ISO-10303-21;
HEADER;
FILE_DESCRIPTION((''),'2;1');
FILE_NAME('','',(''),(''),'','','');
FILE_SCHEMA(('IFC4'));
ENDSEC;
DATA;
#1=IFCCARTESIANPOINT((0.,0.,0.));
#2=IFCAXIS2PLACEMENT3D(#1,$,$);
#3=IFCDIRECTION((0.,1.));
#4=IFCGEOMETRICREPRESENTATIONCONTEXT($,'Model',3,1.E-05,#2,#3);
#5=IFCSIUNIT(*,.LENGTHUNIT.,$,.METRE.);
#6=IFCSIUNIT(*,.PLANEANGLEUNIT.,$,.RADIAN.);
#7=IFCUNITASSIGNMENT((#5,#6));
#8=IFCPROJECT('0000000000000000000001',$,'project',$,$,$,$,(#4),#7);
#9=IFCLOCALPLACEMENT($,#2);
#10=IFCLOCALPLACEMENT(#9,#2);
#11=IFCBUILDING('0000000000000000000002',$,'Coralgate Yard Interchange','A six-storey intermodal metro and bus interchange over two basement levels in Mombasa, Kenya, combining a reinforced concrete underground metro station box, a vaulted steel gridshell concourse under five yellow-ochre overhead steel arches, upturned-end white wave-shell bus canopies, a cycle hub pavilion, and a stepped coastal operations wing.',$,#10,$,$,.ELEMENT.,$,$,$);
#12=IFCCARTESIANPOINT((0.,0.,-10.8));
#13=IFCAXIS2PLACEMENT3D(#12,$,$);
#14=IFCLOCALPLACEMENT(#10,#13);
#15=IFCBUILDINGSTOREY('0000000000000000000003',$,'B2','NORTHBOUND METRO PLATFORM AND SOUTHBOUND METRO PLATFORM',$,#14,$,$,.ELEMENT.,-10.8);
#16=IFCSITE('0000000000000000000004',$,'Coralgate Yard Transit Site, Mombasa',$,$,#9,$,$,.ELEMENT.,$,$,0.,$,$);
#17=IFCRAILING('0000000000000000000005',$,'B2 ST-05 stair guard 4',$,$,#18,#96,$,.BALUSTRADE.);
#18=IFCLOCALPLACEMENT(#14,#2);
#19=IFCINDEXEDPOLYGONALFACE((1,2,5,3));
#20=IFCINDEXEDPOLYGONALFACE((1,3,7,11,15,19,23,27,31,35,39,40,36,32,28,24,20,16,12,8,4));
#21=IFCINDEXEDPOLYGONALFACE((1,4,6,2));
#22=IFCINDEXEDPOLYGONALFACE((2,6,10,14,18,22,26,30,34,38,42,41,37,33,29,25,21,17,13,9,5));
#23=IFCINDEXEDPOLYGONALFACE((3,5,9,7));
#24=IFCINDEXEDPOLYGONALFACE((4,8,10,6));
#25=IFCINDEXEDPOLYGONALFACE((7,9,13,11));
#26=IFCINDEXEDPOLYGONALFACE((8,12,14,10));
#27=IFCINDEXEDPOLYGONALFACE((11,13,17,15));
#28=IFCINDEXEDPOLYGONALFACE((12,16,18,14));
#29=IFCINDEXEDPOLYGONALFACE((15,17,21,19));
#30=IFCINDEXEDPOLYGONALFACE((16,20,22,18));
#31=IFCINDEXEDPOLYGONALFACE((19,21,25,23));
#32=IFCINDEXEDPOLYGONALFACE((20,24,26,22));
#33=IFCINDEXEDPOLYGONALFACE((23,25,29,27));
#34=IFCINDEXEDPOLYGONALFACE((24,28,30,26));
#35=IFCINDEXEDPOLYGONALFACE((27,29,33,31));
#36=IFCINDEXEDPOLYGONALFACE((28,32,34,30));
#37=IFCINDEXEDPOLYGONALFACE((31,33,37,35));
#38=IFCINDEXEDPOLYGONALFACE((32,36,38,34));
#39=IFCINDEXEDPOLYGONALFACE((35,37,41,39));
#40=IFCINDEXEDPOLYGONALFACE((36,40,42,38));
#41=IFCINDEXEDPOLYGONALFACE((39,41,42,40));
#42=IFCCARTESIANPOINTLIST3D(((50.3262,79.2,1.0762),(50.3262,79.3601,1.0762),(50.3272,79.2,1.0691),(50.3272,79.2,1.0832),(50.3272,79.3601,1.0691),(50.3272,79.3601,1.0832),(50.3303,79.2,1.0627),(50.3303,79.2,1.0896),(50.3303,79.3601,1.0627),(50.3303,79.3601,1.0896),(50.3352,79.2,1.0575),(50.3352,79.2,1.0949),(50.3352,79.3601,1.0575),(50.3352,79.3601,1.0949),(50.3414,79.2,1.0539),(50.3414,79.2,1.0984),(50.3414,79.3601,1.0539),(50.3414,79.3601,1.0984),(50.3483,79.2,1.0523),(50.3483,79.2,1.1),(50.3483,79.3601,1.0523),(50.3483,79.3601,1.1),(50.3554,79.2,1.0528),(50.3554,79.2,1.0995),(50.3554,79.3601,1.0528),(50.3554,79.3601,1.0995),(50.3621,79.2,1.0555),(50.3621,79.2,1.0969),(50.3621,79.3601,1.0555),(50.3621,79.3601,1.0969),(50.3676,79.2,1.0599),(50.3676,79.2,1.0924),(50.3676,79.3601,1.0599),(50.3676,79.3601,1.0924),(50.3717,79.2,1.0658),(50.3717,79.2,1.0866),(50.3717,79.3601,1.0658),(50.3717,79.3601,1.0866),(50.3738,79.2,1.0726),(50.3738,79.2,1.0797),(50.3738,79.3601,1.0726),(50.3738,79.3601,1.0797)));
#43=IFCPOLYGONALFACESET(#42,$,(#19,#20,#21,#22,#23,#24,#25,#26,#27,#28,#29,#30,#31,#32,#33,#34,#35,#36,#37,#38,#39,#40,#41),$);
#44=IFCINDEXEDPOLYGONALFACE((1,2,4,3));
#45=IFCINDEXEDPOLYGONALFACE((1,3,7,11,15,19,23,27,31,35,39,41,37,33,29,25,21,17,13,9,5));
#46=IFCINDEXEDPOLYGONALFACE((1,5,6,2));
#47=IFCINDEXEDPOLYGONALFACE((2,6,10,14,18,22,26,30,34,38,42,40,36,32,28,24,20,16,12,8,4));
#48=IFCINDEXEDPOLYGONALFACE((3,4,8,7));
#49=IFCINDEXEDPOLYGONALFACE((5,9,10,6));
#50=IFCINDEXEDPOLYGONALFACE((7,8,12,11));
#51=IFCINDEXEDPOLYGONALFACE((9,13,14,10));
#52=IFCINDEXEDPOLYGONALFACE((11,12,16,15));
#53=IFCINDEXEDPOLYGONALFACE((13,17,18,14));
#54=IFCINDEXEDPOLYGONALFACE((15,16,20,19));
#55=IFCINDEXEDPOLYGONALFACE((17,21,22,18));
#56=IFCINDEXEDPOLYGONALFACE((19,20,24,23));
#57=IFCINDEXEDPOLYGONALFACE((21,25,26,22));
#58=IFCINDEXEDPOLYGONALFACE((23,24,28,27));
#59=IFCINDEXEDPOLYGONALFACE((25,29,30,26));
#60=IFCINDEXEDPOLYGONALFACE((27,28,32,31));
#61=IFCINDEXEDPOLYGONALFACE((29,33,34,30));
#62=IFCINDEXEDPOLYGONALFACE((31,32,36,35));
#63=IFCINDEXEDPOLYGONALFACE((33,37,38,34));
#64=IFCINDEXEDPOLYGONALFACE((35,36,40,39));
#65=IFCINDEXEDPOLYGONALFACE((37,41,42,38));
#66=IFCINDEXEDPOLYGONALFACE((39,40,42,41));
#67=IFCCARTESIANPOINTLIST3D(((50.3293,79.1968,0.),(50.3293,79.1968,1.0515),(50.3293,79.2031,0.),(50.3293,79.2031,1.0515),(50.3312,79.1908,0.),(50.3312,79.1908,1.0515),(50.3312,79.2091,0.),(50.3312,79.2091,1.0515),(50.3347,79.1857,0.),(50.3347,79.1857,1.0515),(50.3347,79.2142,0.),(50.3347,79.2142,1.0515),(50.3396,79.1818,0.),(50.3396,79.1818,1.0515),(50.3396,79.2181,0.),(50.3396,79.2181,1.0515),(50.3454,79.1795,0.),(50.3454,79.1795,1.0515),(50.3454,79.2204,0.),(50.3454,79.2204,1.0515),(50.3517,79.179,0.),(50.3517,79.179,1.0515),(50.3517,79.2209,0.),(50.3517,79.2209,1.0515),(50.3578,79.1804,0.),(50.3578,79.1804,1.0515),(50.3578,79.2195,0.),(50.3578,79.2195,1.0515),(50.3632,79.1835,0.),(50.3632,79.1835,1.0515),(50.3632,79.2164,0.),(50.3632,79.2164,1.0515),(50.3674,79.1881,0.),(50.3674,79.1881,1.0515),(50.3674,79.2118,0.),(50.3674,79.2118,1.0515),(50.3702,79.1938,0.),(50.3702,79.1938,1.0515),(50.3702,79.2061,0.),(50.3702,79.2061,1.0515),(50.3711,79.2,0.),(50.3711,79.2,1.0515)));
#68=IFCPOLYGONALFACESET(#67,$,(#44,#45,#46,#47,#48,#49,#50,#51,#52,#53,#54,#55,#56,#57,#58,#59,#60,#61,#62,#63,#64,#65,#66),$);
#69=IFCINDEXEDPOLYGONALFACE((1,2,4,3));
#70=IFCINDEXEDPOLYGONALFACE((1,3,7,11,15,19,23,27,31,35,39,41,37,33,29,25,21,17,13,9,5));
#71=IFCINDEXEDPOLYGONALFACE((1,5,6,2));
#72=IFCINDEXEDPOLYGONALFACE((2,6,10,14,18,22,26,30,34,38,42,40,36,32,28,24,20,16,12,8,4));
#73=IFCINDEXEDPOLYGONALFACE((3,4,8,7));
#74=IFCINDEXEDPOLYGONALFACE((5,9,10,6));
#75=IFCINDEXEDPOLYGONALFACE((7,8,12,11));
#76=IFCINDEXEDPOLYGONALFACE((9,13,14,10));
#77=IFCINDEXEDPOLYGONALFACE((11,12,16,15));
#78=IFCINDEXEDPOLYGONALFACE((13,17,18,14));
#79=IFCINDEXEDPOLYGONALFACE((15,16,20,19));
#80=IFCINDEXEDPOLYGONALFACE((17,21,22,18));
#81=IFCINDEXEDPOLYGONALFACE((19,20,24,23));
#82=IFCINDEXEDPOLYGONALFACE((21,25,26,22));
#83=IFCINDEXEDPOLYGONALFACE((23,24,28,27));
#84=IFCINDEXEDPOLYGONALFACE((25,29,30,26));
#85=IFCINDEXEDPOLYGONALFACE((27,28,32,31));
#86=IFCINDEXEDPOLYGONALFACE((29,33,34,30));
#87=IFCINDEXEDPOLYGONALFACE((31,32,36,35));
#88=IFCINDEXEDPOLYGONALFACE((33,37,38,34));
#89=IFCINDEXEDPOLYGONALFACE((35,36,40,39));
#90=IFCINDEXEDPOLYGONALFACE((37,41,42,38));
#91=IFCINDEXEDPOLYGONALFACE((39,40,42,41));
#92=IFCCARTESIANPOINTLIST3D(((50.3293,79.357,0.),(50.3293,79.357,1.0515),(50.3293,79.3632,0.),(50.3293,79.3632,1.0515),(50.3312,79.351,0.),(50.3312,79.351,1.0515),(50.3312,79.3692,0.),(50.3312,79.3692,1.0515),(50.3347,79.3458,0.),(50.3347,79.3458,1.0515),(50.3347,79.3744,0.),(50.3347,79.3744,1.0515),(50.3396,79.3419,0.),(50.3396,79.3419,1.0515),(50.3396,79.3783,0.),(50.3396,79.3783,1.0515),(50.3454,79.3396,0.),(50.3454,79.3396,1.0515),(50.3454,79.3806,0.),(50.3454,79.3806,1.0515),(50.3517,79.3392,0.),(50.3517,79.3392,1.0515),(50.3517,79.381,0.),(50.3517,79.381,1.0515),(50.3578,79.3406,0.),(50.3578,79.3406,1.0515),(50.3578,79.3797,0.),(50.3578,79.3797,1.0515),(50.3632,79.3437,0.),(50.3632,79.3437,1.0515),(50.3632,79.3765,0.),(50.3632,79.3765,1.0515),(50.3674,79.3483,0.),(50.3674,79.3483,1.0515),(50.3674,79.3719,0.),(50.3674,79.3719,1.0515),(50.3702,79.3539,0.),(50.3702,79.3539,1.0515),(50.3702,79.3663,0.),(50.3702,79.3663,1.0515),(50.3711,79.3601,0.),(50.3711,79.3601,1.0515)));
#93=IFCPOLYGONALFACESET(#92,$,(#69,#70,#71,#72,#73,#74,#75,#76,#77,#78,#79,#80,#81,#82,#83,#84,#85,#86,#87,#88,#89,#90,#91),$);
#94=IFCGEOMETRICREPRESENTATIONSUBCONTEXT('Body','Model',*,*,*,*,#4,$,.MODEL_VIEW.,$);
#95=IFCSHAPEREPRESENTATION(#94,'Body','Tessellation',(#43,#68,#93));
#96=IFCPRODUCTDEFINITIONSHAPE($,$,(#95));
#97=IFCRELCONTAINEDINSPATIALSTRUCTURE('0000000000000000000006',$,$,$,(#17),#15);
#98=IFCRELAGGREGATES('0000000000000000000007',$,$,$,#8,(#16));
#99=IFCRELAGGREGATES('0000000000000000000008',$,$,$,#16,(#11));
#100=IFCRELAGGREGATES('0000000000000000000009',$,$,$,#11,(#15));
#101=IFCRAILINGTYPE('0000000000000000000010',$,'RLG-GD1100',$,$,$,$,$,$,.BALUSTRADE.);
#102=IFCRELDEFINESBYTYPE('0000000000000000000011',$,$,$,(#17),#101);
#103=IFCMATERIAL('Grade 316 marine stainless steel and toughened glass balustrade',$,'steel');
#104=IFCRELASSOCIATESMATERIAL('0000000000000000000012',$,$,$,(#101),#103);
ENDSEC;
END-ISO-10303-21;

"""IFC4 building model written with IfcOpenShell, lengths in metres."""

from ifc_helpers import new_model, si_unit, direction, frame, origin, origin_2d, place, context, subcontext, project, spatial, circle, extrude, material, type_object, element, save


model = new_model("IFC4")

# Units and contexts
model_context = context("Model", 3, precision=1e-05, world=origin(), true_north=direction((0.0, 1.0)))
body_context = subcontext(model_context, "Body", "Model", "MODEL_VIEW")
ifc_project = project(units=[si_unit("LENGTHUNIT", "METRE"), si_unit("PLANEANGLEUNIT", "RADIAN")], contexts=[model_context])

# Site, building, storey
site_placement = place(None, origin())
site = spatial("IfcSite", under=ifc_project, at=site_placement, Name="Coralgate Yard Transit Site, Mombasa", CompositionType="ELEMENT", RefElevation=0.0)
building_placement = place(site_placement, origin())
building = spatial("IfcBuilding", under=site, at=building_placement, Name="Coralgate Yard Interchange", Description="A six-storey intermodal metro and bus interchange over two basement levels in Mombasa, Kenya, combining a reinforced concrete underground metro station box, a vaulted steel gridshell concourse under five yellow-ochre overhead steel arches, upturned-end white wave-shell bus canopies, a cycle hub pavilion, and a stepped coastal operations wing.", CompositionType="ELEMENT")
storey_placement = place(building_placement, frame((0.0, 0.0, -10.8)))
storey = spatial("IfcBuildingStorey", under=building, at=storey_placement, Name="B2", Description="NORTHBOUND METRO PLATFORM AND SOUTHBOUND METRO PLATFORM", CompositionType="ELEMENT", Elevation=-10.8)

# Railing
ifc_material_1 = material(Name="Grade 316 marine stainless steel and toughened glass balustrade", Category="steel")
railing_type_1 = type_object("IfcRailingType", Name="RLG-GD1100", PredefinedType="BALUSTRADE", material=ifc_material_1)
railing_1_placement = place(storey_placement, frame((50.3501, 79.2, 0.0)))
element("IfcRailing", 1, at=railing_1_placement, inside=storey, type_object=railing_type_1, Name="B2 ST-05 stair guard 4", PredefinedType="BALUSTRADE", context=body_context, shape_type="SweptSolid", body=[
    extrude(circle(Radius=0.0239, at=origin_2d()), frame((0.0, 0.0, 1.0762), z_axis=(0.0, 1.0, 0.0), x_axis=(-1.0, 0.0, 0.0)), (0.0, 0.0, 1.0), 0.1602),
    extrude(circle(Radius=0.021, at=origin_2d()), origin(), (0.0, 0.0, 1.0), 1.0515),
    extrude(circle(Radius=0.021, at=origin_2d()), frame((0.0, 0.1602, 0.0)), (0.0, 0.0, 1.0), 1.0515),
])

save(model, "model.ifc")
